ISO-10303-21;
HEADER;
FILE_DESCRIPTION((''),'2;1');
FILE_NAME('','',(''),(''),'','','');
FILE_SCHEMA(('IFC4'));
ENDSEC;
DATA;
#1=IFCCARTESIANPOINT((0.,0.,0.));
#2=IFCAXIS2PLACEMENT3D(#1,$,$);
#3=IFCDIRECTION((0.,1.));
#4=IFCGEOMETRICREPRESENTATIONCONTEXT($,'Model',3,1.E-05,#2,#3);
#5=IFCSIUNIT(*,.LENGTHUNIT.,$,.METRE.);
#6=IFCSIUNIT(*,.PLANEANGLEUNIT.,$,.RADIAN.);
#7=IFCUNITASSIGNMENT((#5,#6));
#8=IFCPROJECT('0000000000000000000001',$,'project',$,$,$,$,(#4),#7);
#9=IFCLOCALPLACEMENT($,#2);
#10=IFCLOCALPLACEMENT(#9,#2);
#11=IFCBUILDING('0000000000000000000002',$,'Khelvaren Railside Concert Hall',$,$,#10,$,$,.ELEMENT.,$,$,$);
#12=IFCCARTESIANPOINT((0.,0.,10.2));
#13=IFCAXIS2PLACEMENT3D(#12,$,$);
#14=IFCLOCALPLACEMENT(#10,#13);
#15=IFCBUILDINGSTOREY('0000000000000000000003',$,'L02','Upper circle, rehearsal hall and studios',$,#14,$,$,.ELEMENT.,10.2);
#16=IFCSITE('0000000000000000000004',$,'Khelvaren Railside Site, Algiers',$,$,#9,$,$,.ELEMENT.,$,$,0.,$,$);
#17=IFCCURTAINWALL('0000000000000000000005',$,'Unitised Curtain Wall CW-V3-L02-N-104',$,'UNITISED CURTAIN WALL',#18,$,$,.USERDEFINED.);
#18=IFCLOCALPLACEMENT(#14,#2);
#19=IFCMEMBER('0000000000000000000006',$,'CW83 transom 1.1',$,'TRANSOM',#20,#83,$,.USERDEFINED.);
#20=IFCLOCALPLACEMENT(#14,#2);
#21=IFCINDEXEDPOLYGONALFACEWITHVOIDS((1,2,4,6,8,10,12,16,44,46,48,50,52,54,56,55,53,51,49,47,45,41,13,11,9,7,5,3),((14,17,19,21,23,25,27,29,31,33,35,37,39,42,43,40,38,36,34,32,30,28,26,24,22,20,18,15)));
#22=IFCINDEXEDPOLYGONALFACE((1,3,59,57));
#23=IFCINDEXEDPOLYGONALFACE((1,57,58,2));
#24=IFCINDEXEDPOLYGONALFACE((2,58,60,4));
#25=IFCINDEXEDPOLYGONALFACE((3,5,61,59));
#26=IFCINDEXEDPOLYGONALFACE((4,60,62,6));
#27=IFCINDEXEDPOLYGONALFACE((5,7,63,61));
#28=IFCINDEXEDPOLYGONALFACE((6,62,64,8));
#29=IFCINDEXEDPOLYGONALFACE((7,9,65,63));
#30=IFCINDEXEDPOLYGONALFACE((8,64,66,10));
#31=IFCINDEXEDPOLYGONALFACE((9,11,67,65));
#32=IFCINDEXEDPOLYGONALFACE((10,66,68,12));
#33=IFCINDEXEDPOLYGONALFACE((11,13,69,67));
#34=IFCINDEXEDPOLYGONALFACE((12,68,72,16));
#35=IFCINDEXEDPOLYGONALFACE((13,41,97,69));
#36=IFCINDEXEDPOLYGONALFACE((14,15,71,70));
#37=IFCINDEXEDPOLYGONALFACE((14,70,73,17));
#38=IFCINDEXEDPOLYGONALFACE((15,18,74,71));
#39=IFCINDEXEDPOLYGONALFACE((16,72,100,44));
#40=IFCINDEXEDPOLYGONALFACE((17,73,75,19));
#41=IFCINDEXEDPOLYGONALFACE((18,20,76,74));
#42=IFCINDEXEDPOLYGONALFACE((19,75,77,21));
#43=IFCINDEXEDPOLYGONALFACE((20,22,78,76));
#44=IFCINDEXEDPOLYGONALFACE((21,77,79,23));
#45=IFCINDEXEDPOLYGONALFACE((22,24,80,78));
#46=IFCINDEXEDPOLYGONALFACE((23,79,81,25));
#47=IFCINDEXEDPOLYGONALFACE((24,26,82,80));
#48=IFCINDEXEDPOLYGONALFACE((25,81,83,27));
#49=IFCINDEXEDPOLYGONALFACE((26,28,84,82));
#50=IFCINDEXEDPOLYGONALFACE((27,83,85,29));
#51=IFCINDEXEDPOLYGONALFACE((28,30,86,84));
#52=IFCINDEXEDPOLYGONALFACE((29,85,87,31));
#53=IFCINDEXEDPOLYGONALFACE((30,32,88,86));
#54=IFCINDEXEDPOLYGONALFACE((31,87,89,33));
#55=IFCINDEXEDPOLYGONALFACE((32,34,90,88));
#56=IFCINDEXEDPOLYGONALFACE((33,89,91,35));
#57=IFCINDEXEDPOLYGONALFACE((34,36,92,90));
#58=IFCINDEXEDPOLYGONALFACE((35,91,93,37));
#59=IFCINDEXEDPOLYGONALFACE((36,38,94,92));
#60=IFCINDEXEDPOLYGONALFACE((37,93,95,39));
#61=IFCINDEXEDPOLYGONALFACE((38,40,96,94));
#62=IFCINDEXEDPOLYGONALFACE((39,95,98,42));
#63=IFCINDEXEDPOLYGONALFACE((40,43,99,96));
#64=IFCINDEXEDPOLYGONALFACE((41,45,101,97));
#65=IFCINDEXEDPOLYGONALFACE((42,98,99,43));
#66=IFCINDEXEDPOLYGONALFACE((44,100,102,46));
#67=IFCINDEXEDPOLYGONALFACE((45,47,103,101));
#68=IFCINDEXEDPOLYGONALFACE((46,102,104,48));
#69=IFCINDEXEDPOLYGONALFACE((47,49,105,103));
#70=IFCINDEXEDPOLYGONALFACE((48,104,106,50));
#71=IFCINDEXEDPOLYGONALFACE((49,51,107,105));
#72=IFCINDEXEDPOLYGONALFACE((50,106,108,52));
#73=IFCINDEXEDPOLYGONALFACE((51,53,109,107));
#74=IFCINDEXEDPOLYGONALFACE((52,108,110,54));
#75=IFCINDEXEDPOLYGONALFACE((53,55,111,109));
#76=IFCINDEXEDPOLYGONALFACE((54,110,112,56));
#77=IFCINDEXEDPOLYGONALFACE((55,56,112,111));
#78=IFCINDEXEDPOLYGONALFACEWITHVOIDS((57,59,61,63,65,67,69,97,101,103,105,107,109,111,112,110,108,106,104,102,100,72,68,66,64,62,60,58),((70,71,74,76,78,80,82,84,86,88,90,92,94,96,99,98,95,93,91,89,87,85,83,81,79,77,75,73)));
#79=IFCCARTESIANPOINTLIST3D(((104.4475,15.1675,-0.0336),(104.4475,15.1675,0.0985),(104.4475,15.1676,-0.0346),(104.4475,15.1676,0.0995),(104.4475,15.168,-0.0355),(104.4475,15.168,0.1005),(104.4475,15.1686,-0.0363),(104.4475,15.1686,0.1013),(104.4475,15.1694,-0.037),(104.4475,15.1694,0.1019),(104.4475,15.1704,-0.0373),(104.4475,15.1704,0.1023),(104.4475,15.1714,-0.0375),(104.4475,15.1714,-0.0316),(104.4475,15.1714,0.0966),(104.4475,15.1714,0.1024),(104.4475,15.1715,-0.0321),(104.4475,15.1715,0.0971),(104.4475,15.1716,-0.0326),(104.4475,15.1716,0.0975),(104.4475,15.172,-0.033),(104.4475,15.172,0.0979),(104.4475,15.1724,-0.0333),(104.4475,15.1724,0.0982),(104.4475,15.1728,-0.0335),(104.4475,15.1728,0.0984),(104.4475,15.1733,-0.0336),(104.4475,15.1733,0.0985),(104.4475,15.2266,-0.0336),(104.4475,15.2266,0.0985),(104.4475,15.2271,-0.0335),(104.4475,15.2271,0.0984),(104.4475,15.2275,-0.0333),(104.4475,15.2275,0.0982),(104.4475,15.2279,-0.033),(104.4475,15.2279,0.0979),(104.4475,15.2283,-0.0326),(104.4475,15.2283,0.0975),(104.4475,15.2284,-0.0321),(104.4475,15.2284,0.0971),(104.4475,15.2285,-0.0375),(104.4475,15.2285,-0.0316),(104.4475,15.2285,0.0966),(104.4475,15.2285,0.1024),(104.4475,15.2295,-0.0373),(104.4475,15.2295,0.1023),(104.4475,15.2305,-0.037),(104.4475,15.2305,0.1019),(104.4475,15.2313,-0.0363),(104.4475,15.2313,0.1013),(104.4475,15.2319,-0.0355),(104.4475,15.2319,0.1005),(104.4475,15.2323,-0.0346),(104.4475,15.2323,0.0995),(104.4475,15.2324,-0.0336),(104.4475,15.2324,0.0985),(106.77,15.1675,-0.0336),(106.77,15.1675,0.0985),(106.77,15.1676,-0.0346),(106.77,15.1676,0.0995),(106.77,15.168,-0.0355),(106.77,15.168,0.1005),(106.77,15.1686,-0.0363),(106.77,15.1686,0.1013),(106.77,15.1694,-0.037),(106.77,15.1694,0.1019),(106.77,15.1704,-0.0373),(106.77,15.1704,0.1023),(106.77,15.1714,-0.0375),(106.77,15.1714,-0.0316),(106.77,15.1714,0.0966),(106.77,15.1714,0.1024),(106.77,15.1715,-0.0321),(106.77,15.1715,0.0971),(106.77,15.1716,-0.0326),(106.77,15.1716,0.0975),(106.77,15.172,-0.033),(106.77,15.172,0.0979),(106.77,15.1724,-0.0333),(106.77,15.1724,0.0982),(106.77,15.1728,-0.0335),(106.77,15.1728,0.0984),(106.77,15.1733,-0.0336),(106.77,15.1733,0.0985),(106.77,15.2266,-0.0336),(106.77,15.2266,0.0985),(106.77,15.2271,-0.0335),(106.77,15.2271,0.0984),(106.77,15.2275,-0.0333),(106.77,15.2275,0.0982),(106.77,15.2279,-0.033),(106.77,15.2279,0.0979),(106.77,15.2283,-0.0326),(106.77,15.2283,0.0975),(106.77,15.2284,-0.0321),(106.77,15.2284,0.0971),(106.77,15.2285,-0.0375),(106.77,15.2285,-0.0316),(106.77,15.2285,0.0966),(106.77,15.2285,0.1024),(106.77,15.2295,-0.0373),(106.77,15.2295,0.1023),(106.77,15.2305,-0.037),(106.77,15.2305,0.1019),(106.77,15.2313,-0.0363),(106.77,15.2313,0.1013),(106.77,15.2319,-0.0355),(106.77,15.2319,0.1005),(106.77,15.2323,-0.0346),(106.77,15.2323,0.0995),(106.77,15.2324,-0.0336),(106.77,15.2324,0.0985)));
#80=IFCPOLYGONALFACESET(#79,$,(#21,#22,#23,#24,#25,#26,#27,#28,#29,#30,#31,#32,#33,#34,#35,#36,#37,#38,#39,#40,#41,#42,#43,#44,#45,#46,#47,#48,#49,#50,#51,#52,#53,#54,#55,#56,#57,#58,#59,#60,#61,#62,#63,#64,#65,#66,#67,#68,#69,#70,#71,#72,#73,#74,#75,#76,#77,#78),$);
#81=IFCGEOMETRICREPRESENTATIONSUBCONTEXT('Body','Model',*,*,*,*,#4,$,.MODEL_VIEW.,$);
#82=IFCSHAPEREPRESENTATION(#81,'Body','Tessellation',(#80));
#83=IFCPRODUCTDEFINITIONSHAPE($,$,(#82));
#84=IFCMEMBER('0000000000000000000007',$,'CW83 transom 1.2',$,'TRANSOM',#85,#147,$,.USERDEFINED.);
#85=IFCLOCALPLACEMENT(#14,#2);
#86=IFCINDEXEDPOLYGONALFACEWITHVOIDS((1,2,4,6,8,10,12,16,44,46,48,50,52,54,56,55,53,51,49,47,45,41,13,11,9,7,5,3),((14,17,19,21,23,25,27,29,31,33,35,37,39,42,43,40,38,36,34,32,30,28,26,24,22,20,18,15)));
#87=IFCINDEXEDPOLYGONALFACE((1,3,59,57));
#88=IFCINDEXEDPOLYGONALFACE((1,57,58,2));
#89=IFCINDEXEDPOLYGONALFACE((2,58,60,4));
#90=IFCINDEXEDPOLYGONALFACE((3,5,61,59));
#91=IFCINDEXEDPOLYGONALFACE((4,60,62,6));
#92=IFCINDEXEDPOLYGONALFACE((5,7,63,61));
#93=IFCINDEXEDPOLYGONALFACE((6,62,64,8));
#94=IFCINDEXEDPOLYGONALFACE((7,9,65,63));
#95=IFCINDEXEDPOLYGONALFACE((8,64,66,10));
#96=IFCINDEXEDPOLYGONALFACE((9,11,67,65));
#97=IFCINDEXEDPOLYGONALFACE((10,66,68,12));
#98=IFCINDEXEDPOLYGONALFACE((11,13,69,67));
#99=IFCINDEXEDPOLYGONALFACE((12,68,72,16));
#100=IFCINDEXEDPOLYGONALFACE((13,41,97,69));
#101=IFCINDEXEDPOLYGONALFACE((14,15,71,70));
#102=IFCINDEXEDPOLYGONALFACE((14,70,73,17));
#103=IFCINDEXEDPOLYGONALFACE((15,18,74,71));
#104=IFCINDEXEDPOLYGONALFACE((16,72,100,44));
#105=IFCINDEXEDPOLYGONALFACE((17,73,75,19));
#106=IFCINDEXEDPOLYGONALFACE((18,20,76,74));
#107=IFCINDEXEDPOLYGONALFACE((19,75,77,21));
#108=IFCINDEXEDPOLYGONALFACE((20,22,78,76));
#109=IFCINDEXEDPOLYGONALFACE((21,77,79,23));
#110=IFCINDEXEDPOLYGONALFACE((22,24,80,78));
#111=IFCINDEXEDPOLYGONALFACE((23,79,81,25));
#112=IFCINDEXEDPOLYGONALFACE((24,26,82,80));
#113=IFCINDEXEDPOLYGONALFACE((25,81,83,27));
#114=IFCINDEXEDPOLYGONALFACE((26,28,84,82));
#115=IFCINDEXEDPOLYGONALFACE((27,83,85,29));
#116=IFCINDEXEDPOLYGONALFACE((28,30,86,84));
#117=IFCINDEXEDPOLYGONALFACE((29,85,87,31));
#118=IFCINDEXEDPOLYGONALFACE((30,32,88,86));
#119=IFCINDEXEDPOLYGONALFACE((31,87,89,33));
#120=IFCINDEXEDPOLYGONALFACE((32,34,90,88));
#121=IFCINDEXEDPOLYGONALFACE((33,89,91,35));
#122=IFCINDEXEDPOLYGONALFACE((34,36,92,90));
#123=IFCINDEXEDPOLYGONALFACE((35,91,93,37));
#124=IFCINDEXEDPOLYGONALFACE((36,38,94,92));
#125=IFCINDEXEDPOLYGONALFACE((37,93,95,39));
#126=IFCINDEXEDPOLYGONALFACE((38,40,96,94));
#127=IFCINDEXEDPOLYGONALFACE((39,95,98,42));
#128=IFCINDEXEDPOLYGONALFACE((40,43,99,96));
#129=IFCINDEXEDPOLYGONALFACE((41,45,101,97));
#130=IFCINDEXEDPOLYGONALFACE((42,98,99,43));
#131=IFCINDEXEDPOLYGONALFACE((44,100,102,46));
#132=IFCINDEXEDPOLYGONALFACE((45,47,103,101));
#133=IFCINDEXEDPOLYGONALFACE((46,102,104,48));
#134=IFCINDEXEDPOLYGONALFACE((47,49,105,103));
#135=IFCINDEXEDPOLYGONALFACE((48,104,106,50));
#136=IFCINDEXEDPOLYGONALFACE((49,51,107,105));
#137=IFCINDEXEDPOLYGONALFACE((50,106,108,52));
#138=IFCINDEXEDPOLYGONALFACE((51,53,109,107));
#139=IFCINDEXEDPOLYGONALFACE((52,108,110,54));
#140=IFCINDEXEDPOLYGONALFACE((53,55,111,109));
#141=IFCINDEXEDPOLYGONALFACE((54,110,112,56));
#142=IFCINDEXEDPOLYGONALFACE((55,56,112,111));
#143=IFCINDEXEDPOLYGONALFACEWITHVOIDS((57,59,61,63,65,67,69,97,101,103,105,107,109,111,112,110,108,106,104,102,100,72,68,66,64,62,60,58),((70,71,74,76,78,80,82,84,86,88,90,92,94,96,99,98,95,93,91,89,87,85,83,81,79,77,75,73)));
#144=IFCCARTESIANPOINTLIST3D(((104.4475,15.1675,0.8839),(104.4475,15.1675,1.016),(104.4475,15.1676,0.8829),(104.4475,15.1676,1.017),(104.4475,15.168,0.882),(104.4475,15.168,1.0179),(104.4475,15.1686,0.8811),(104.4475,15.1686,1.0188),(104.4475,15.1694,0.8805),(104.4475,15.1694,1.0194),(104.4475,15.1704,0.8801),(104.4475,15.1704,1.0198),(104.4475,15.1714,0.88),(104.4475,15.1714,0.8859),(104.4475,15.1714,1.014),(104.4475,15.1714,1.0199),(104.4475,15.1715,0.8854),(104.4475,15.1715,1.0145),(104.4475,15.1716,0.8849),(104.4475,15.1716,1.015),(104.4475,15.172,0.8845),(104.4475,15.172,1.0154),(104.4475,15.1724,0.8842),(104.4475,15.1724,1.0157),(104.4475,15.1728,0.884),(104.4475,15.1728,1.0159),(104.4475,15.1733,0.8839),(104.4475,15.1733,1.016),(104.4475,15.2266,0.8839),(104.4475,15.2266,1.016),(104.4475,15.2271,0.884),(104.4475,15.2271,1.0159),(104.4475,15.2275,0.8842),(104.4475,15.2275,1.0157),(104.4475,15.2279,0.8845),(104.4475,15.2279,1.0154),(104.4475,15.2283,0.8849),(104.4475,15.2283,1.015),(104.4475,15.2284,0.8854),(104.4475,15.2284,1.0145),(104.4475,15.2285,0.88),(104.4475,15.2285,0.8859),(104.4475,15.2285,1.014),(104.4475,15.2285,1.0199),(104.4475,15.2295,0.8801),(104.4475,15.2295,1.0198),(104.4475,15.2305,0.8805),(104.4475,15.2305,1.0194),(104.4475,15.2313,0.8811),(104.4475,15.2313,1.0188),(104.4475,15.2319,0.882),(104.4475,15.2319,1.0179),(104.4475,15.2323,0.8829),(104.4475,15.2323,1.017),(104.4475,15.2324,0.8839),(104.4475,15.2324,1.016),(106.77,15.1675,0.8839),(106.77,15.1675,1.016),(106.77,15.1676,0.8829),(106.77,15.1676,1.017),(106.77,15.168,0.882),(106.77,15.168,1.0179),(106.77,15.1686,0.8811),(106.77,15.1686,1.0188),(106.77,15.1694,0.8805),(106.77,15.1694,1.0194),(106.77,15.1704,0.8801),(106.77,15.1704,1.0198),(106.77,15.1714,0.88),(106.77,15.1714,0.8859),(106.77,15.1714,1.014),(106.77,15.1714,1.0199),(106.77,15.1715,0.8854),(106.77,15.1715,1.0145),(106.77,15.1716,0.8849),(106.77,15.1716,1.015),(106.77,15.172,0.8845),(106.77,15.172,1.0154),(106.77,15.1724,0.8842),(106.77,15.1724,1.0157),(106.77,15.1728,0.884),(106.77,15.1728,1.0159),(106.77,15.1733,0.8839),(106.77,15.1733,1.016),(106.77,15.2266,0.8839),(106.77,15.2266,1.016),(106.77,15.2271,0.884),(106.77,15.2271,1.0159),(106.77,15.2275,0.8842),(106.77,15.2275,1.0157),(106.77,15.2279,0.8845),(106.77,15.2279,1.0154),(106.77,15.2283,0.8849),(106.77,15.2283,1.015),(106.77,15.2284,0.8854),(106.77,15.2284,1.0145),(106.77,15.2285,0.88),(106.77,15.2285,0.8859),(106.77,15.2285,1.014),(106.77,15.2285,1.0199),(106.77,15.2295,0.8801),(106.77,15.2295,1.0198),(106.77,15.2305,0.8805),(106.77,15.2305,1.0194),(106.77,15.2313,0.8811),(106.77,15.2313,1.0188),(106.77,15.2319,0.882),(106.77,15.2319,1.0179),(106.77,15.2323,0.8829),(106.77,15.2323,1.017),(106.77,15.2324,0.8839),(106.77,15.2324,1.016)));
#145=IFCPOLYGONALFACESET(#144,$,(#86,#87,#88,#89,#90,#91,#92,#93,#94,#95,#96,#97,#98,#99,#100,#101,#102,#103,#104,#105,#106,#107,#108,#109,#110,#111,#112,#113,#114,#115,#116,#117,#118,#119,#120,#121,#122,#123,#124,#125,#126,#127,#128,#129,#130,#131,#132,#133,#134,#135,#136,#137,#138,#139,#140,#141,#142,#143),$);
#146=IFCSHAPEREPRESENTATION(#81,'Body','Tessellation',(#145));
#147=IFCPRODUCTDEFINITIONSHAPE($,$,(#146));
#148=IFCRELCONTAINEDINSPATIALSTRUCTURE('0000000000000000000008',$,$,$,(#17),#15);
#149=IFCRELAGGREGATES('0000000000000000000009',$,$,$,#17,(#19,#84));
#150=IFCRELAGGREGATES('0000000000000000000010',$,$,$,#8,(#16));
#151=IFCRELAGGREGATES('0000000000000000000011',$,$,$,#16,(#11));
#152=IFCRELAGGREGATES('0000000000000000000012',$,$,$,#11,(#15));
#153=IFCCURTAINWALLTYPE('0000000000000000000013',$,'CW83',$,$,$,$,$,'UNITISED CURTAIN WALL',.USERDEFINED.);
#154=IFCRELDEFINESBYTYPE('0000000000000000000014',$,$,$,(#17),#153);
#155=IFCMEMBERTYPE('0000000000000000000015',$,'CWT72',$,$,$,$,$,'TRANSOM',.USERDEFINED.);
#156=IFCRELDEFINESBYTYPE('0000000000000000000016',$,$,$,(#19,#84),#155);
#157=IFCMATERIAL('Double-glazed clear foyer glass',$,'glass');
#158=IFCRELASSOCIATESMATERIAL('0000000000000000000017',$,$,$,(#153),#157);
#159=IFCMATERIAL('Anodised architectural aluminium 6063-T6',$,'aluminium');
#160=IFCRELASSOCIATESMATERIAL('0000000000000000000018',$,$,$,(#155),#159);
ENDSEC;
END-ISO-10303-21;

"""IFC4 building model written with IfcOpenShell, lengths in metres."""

from ifc_helpers import new_model, si_unit, direction, frame, origin, origin_2d, place, context, subcontext, project, spatial, hollow_rectangle, extrude, material, material_profile, profile_set, type_object, element, aggregate, save


model = new_model("IFC4")

# Units and contexts
model_context = context("Model", 3, precision=1e-05, world=origin(), true_north=direction((0.0, 1.0)))
body_context = subcontext(model_context, "Body", "Model", "MODEL_VIEW")
ifc_project = project(units=[si_unit("LENGTHUNIT", "METRE"), si_unit("PLANEANGLEUNIT", "RADIAN")], contexts=[model_context])

# Site, building, storey
site_placement = place(None, origin())
site = spatial("IfcSite", under=ifc_project, at=site_placement, Name="Khelvaren Railside Site, Algiers", CompositionType="ELEMENT", RefElevation=0.0)
building_placement = place(site_placement, origin())
building = spatial("IfcBuilding", under=site, at=building_placement, Name="Khelvaren Railside Concert Hall", CompositionType="ELEMENT")
storey_placement = place(building_placement, frame((0.0, 0.0, 10.2)))
storey = spatial("IfcBuildingStorey", under=building, at=storey_placement, Name="L02", Description="Upper circle, rehearsal hall and studios", CompositionType="ELEMENT", Elevation=10.2)

# Shared definitions
ifc_material_1 = material(Name="Double-glazed clear foyer glass", Category="glass")
ifc_material_2 = material(Name="Anodised architectural aluminium 6063-T6", Category="aluminium")

# Curtain wall, members
curtain_wall_type_1 = type_object("IfcCurtainWallType", Name="CW83", ElementType="UNITISED CURTAIN WALL", PredefinedType="USERDEFINED", material=ifc_material_1)
curtain_wall_1_placement = place(storey_placement, origin())
curtain_wall_1 = element("IfcCurtainWall", 1, at=curtain_wall_1_placement, inside=storey, type_object=curtain_wall_type_1, Name="Unitised Curtain Wall CW-V3-L02-N-104", ObjectType="UNITISED CURTAIN WALL", PredefinedType="USERDEFINED")
ifc_material_profile_1 = material_profile(ifc_material_2, hollow_rectangle(XDim=0.0649, YDim=0.1399, WallThickness=0.0039, InnerFilletRadius=0.002, OuterFilletRadius=0.0039, at=origin_2d()), Name="CWT 65x140x4")
ifc_profile_set_1 = profile_set([ifc_material_profile_1], Name="Anodised architectural aluminium 6063-T6")
member_type_1 = type_object("IfcMemberType", Name="CWT72", ElementType="TRANSOM", PredefinedType="USERDEFINED", material=ifc_profile_set_1)
member_1_placement = place(storey_placement, frame((104.4475, 15.2, 0.0325), z_axis=(1.0, 0.0, 0.0), x_axis=(0.0, 1.0, 0.0)))
member_1 = element("IfcMember", 2, at=member_1_placement, type_object=member_type_1, Name="CW83 transom 1.1", ObjectType="TRANSOM", PredefinedType="USERDEFINED", context=body_context, shape_type="SweptSolid", body=[
    extrude(hollow_rectangle(XDim=0.0649, YDim=0.1399, WallThickness=0.0039, InnerFilletRadius=0.002, OuterFilletRadius=0.0039, at=origin_2d()), origin(), (0.0, 0.0, 1.0), 2.3225),
])
member_2_placement = place(storey_placement, frame((104.4475, 15.2, 0.95), z_axis=(1.0, 0.0, 0.0), x_axis=(0.0, 1.0, 0.0)))
member_2 = element("IfcMember", 3, at=member_2_placement, type_object=member_type_1, Name="CW83 transom 1.2", ObjectType="TRANSOM", PredefinedType="USERDEFINED", context=body_context, shape_type="SweptSolid", body=[
    extrude(hollow_rectangle(XDim=0.0649, YDim=0.1399, WallThickness=0.0039, InnerFilletRadius=0.002, OuterFilletRadius=0.0039, at=origin_2d()), origin(), (0.0, 0.0, 1.0), 2.3225),
])

aggregate(curtain_wall_1, [member_1, member_2])

save(model, "model.ifc")
